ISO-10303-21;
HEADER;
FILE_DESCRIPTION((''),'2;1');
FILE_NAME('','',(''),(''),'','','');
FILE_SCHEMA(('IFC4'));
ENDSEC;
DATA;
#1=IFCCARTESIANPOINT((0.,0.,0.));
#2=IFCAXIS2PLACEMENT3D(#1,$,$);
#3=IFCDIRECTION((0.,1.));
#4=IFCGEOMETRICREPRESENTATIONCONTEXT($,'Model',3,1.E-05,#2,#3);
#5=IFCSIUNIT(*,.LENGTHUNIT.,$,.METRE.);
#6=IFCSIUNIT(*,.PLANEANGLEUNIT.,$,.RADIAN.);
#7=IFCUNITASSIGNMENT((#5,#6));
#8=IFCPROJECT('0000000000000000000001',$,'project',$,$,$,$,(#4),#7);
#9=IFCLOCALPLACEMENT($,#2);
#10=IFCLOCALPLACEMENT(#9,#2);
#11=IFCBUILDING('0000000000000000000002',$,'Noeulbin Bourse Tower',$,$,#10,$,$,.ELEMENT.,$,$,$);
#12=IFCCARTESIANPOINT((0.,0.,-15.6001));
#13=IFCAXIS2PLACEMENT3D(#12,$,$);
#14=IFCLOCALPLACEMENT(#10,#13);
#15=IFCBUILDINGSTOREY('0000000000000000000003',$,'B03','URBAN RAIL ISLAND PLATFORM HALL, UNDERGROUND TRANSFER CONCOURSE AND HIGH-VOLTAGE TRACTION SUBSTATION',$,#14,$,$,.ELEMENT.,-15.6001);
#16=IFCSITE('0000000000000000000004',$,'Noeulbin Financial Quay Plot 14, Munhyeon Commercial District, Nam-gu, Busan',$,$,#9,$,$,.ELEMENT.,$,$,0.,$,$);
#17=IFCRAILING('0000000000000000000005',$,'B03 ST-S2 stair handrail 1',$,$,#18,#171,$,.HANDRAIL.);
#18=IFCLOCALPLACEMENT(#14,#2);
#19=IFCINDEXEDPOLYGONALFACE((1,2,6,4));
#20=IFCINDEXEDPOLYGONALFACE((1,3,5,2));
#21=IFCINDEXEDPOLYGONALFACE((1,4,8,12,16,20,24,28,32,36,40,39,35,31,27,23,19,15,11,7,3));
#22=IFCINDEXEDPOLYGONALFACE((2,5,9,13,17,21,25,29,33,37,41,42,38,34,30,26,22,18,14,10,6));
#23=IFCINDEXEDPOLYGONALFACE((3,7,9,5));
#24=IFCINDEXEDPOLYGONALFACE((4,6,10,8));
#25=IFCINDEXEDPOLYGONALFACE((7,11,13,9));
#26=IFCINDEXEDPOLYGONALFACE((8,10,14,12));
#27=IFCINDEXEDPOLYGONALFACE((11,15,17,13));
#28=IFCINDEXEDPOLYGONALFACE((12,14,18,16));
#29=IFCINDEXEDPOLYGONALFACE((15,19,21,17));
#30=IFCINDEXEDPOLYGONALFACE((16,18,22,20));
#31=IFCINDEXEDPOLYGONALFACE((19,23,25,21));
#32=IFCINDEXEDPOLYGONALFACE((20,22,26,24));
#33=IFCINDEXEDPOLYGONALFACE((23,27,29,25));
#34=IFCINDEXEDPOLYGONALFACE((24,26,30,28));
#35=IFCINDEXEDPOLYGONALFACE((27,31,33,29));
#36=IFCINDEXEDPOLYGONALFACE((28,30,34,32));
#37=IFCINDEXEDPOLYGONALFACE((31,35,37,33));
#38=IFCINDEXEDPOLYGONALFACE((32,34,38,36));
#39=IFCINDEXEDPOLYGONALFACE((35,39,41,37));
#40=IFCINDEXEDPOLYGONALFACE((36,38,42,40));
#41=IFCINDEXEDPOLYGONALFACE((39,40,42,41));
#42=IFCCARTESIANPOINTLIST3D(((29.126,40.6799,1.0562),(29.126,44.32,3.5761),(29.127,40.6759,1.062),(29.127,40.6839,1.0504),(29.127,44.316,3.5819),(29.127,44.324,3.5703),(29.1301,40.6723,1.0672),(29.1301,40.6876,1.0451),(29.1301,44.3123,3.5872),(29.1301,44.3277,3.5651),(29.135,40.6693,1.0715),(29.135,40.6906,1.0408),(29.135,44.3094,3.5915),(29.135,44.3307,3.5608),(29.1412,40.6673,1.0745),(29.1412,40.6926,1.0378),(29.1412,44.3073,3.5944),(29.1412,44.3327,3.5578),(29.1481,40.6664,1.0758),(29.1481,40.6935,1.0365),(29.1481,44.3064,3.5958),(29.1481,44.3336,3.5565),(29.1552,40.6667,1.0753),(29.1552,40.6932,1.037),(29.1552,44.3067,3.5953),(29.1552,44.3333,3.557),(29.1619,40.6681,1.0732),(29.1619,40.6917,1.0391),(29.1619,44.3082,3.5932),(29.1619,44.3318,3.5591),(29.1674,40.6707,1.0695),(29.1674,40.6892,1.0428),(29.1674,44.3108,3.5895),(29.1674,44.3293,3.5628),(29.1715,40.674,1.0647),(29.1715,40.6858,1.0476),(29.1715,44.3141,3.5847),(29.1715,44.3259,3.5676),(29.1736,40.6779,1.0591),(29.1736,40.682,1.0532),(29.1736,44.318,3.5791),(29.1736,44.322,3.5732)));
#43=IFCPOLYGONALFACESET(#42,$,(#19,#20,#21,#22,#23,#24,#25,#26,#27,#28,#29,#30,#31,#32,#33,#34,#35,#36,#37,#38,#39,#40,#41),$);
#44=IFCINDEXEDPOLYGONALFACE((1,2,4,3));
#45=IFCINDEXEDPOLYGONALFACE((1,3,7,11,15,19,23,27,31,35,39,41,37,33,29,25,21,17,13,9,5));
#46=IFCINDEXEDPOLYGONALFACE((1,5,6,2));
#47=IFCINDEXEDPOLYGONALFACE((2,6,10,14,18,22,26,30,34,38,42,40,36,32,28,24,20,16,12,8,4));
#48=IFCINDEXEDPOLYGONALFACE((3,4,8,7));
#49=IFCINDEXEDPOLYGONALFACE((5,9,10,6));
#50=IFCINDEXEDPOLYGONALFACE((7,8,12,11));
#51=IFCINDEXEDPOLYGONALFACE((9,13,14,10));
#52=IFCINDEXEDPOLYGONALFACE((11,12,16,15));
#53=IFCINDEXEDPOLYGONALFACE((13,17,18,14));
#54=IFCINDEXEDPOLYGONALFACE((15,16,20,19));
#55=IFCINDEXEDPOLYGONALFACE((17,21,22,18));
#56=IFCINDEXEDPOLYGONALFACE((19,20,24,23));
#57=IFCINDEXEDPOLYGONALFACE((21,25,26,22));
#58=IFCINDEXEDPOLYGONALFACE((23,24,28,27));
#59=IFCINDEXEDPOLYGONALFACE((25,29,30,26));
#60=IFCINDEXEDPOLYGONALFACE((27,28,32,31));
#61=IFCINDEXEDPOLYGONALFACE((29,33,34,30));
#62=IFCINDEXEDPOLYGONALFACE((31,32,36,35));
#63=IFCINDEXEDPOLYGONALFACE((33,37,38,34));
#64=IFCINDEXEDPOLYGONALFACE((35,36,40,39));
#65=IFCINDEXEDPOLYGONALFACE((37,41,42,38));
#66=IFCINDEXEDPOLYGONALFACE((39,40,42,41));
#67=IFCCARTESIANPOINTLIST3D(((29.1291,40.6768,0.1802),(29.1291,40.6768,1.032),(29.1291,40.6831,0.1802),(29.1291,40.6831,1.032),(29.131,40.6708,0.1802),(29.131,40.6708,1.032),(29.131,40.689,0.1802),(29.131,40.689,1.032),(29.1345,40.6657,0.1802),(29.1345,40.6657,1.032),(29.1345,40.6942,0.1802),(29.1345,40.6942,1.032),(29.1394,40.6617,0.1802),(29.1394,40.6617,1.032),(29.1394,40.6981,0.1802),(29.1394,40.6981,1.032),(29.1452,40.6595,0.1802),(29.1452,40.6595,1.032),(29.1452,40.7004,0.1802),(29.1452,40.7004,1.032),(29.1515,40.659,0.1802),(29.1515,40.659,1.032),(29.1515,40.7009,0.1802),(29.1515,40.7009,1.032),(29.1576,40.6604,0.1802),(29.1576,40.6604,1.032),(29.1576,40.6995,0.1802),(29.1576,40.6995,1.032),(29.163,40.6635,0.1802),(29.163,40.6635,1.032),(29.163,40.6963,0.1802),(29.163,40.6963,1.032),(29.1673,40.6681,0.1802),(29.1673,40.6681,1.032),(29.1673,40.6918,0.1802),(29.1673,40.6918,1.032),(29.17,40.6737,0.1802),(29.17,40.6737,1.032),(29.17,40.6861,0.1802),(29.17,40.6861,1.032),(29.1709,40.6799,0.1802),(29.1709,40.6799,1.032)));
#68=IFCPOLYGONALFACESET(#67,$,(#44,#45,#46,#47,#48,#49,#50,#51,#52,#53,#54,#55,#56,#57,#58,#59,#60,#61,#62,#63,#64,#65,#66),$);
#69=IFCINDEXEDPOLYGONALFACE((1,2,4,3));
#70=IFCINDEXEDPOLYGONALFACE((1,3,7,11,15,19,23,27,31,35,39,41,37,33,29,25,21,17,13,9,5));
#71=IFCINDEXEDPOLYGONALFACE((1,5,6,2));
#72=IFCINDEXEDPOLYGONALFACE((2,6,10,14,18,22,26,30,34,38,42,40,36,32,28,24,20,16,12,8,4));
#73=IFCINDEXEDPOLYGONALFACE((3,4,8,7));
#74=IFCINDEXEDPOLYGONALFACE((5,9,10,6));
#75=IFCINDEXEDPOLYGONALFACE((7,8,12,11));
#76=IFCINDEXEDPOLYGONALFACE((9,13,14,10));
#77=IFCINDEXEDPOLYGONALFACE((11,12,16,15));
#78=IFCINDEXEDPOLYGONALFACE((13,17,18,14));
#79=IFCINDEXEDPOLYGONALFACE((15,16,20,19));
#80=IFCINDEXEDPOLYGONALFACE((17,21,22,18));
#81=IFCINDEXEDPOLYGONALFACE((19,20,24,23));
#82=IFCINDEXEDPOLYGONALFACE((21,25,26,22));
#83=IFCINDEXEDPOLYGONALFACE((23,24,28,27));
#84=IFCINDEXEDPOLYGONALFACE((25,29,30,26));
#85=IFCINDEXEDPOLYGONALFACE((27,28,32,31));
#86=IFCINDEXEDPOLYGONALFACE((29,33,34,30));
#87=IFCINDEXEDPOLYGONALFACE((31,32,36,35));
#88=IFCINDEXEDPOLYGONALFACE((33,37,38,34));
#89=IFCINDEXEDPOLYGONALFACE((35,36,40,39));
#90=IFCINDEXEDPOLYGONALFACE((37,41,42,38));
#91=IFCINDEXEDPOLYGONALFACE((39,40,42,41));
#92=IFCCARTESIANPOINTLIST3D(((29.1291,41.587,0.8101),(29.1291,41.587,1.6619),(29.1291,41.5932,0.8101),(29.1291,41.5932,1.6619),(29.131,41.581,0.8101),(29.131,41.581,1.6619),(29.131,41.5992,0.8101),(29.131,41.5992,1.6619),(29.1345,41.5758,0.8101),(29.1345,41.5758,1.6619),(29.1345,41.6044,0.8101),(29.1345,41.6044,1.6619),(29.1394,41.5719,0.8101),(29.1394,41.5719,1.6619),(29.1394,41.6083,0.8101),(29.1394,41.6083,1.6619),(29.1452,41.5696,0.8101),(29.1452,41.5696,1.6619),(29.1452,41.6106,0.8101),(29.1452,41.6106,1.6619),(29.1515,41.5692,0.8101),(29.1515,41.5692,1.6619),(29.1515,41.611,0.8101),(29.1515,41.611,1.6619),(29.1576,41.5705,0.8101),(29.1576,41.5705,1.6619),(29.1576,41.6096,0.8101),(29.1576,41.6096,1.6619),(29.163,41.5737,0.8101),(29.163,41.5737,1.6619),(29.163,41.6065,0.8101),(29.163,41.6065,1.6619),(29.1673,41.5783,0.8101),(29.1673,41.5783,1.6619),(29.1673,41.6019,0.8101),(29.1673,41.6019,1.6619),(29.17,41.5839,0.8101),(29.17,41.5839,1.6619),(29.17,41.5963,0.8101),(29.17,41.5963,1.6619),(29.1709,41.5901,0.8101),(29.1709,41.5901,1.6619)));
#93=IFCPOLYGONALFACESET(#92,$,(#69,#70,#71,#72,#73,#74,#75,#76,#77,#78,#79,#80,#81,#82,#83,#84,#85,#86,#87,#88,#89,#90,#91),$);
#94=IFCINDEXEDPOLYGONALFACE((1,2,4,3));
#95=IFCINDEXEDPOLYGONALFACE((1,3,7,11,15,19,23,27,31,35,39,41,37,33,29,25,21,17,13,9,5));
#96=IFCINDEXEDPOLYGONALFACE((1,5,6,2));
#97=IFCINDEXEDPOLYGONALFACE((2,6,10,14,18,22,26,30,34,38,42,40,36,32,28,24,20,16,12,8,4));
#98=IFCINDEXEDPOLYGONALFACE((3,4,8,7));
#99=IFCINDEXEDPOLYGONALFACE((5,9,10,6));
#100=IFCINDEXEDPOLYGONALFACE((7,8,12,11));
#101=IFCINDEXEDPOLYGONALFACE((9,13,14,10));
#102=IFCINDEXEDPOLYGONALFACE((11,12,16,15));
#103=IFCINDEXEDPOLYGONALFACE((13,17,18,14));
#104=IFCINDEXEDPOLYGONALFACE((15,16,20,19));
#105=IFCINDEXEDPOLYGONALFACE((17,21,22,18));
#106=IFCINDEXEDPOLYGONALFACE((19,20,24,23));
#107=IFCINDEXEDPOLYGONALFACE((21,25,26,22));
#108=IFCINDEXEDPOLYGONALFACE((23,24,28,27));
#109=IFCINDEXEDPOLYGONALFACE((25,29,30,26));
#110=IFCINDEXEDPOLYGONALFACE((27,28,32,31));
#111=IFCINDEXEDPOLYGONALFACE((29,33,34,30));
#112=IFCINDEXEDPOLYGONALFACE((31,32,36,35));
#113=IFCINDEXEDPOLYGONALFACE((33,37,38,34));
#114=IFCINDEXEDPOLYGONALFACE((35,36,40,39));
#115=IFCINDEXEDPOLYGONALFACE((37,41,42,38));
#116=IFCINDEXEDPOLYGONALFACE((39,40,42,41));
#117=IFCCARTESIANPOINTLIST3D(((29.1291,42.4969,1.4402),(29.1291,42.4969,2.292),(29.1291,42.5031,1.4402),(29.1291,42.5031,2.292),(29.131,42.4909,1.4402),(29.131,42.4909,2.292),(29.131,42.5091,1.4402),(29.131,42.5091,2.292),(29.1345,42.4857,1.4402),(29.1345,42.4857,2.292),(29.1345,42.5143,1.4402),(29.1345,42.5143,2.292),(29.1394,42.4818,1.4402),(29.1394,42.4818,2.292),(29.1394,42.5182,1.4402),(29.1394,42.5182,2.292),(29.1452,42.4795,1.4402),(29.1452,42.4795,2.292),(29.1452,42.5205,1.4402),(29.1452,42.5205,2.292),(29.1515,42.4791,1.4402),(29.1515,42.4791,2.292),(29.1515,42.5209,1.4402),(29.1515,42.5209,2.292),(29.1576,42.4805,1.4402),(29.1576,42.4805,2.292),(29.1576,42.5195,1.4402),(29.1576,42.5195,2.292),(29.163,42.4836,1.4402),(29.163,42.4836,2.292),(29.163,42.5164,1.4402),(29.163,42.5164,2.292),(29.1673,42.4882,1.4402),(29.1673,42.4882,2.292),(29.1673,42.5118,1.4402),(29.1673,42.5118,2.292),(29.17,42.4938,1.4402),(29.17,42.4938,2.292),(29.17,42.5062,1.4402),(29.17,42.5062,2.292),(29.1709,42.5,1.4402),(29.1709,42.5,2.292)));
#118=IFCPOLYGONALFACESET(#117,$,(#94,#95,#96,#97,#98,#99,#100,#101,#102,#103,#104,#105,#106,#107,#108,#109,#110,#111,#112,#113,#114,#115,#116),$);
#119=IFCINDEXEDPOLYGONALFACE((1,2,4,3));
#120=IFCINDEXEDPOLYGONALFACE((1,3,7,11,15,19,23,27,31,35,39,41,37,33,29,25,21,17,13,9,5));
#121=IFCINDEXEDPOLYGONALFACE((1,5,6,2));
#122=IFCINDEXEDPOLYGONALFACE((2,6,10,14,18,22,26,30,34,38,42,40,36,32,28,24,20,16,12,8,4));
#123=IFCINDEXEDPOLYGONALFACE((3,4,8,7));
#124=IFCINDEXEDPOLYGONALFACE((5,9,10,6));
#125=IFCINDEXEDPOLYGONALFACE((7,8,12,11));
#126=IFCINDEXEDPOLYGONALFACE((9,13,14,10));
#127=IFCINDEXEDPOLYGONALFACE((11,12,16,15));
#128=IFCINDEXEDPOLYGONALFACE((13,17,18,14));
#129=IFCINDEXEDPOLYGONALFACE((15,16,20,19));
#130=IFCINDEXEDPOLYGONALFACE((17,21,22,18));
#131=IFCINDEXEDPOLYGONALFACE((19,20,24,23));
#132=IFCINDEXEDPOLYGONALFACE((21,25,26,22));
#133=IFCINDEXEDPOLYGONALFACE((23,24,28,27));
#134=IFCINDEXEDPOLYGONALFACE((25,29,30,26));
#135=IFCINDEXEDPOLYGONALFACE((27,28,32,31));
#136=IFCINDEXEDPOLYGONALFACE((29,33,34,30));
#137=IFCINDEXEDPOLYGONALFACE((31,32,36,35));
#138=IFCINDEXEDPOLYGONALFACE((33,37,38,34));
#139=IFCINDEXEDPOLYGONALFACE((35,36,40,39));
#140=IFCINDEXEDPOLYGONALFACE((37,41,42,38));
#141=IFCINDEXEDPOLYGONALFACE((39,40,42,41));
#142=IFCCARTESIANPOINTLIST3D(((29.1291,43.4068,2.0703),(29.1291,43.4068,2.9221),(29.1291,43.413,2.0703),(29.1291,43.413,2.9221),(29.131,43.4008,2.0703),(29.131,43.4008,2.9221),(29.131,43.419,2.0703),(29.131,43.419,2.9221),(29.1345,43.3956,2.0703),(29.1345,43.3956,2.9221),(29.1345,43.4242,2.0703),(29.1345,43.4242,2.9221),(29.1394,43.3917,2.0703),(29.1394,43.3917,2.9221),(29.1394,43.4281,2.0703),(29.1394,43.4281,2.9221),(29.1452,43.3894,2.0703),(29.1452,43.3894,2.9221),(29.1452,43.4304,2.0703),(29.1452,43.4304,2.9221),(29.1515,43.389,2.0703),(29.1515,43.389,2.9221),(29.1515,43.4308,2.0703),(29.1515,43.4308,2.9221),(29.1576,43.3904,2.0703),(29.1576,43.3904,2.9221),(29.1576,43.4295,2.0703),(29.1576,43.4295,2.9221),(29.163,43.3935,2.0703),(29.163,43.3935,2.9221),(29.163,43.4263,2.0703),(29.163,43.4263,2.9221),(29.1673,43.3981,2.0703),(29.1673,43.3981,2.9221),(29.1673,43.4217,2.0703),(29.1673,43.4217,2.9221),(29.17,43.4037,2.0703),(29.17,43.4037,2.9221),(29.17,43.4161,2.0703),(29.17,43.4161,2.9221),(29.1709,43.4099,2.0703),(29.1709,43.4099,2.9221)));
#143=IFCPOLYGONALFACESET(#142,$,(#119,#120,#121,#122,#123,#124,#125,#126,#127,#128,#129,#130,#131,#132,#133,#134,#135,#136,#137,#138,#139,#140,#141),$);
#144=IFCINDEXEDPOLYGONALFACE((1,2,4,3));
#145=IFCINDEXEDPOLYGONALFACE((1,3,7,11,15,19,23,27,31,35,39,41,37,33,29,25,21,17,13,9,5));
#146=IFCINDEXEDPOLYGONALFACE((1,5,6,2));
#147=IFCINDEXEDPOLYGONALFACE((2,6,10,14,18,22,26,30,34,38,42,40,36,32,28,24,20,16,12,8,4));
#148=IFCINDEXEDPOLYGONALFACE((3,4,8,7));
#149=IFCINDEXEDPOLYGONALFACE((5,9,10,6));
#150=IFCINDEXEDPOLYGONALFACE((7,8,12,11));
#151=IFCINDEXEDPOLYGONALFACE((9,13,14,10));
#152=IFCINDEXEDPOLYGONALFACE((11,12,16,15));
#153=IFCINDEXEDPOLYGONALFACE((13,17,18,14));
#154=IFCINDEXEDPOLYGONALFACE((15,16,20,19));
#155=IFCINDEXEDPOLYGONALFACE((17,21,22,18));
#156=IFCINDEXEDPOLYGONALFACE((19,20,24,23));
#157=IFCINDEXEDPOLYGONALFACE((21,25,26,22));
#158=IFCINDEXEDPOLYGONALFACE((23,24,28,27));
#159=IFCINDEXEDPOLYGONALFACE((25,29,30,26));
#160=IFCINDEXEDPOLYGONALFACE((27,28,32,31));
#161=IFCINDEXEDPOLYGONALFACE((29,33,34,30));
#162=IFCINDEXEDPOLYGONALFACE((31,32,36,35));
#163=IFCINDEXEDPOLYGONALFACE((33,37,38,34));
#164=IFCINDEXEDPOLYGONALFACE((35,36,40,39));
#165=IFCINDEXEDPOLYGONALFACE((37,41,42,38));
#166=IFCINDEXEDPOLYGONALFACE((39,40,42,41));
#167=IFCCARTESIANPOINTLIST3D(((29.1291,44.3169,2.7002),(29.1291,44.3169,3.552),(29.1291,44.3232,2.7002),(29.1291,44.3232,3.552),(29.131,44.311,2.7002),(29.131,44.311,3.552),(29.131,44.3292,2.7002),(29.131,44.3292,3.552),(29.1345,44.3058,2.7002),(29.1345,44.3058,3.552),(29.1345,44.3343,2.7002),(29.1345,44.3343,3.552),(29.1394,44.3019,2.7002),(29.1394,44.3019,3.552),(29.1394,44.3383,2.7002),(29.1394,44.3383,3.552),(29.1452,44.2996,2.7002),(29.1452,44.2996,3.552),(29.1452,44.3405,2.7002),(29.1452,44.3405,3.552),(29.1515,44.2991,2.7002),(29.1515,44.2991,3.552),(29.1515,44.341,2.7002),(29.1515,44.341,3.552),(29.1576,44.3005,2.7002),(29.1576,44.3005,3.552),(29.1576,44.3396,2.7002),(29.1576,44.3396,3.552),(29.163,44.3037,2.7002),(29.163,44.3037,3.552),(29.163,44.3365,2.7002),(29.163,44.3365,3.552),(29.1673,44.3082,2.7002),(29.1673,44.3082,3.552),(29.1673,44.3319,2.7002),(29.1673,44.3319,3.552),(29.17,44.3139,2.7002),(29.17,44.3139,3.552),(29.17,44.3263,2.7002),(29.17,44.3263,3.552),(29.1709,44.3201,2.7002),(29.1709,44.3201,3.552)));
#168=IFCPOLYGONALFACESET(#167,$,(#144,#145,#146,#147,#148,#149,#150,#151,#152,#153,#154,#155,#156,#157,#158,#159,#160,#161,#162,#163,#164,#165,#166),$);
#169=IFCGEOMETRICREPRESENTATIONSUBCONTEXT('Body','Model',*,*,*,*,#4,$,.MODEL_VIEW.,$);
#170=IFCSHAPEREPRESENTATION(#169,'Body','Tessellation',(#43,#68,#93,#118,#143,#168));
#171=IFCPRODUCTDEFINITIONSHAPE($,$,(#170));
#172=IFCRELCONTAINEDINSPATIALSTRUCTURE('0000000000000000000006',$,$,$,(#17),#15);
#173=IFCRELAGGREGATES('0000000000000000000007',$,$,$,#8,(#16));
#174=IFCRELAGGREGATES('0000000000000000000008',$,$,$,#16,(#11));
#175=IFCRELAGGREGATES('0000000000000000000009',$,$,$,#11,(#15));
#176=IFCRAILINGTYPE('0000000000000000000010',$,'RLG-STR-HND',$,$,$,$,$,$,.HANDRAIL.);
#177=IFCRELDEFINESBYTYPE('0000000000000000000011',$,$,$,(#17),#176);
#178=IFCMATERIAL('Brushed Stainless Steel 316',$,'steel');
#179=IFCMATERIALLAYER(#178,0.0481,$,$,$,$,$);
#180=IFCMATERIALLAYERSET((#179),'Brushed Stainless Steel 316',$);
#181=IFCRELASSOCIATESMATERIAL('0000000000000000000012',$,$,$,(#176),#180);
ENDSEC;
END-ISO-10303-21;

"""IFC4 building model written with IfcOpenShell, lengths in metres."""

from ifc_helpers import new_model, si_unit, direction, frame, origin, origin_2d, place, context, subcontext, project, spatial, circle, extrude, material, layer, layer_set, type_object, element, save


model = new_model("IFC4")

# Units and contexts
model_context = context("Model", 3, precision=1e-05, world=origin(), true_north=direction((0.0, 1.0)))
body_context = subcontext(model_context, "Body", "Model", "MODEL_VIEW")
ifc_project = project(units=[si_unit("LENGTHUNIT", "METRE"), si_unit("PLANEANGLEUNIT", "RADIAN")], contexts=[model_context])

# Site, building, storey
site_placement = place(None, origin())
site = spatial("IfcSite", under=ifc_project, at=site_placement, Name="Noeulbin Financial Quay Plot 14, Munhyeon Commercial District, Nam-gu, Busan", CompositionType="ELEMENT", RefElevation=0.0)
building_placement = place(site_placement, origin())
building = spatial("IfcBuilding", under=site, at=building_placement, Name="Noeulbin Bourse Tower", CompositionType="ELEMENT")
storey_placement = place(building_placement, frame((0.0, 0.0, -15.6001)))
storey = spatial("IfcBuildingStorey", under=building, at=storey_placement, Name="B03", Description="URBAN RAIL ISLAND PLATFORM HALL, UNDERGROUND TRANSFER CONCOURSE AND HIGH-VOLTAGE TRACTION SUBSTATION", CompositionType="ELEMENT", Elevation=-15.6001)

# Railing
ifc_material_1 = material(Name="Brushed Stainless Steel 316", Category="steel")
ifc_layer_1 = layer(ifc_material_1, 0.0481)
ifc_layer_set_1 = layer_set([ifc_layer_1], Name="Brushed Stainless Steel 316")
railing_type_1 = type_object("IfcRailingType", Name="RLG-STR-HND", PredefinedType="HANDRAIL", material=ifc_layer_set_1)
railing_1_placement = place(storey_placement, frame((29.1499, 40.6799, 0.1802)))
element("IfcRailing", 1, at=railing_1_placement, inside=storey, type_object=railing_type_1, Name="B03 ST-S2 stair handrail 1", PredefinedType="HANDRAIL", context=body_context, shape_type="SweptSolid", body=[
    extrude(circle(Radius=0.0239, at=origin_2d()), frame((0.0, 0.0, 0.876), z_axis=(0.0, 0.8222, 0.569199), x_axis=(-1.0, 0.0, 0.0)), (0.0, 0.0, 1.0), 4.4272),
    extrude(circle(Radius=0.021, at=origin_2d()), origin(), (0.0, 0.0, 1.0), 0.8518),
    extrude(circle(Radius=0.021, at=origin_2d()), frame((0.0, 0.9102, 0.6299)), (0.0, 0.0, 1.0), 0.8518),
    extrude(circle(Radius=0.021, at=origin_2d()), frame((0.0, 1.8201, 1.26)), (0.0, 0.0, 1.0), 0.8518),
    extrude(circle(Radius=0.021, at=origin_2d()), frame((0.0, 2.73, 1.8901)), (0.0, 0.0, 1.0), 0.8518),
    extrude(circle(Radius=0.021, at=origin_2d()), frame((0.0, 3.6401, 2.52)), (0.0, 0.0, 1.0), 0.8518),
])

save(model, "model.ifc")
